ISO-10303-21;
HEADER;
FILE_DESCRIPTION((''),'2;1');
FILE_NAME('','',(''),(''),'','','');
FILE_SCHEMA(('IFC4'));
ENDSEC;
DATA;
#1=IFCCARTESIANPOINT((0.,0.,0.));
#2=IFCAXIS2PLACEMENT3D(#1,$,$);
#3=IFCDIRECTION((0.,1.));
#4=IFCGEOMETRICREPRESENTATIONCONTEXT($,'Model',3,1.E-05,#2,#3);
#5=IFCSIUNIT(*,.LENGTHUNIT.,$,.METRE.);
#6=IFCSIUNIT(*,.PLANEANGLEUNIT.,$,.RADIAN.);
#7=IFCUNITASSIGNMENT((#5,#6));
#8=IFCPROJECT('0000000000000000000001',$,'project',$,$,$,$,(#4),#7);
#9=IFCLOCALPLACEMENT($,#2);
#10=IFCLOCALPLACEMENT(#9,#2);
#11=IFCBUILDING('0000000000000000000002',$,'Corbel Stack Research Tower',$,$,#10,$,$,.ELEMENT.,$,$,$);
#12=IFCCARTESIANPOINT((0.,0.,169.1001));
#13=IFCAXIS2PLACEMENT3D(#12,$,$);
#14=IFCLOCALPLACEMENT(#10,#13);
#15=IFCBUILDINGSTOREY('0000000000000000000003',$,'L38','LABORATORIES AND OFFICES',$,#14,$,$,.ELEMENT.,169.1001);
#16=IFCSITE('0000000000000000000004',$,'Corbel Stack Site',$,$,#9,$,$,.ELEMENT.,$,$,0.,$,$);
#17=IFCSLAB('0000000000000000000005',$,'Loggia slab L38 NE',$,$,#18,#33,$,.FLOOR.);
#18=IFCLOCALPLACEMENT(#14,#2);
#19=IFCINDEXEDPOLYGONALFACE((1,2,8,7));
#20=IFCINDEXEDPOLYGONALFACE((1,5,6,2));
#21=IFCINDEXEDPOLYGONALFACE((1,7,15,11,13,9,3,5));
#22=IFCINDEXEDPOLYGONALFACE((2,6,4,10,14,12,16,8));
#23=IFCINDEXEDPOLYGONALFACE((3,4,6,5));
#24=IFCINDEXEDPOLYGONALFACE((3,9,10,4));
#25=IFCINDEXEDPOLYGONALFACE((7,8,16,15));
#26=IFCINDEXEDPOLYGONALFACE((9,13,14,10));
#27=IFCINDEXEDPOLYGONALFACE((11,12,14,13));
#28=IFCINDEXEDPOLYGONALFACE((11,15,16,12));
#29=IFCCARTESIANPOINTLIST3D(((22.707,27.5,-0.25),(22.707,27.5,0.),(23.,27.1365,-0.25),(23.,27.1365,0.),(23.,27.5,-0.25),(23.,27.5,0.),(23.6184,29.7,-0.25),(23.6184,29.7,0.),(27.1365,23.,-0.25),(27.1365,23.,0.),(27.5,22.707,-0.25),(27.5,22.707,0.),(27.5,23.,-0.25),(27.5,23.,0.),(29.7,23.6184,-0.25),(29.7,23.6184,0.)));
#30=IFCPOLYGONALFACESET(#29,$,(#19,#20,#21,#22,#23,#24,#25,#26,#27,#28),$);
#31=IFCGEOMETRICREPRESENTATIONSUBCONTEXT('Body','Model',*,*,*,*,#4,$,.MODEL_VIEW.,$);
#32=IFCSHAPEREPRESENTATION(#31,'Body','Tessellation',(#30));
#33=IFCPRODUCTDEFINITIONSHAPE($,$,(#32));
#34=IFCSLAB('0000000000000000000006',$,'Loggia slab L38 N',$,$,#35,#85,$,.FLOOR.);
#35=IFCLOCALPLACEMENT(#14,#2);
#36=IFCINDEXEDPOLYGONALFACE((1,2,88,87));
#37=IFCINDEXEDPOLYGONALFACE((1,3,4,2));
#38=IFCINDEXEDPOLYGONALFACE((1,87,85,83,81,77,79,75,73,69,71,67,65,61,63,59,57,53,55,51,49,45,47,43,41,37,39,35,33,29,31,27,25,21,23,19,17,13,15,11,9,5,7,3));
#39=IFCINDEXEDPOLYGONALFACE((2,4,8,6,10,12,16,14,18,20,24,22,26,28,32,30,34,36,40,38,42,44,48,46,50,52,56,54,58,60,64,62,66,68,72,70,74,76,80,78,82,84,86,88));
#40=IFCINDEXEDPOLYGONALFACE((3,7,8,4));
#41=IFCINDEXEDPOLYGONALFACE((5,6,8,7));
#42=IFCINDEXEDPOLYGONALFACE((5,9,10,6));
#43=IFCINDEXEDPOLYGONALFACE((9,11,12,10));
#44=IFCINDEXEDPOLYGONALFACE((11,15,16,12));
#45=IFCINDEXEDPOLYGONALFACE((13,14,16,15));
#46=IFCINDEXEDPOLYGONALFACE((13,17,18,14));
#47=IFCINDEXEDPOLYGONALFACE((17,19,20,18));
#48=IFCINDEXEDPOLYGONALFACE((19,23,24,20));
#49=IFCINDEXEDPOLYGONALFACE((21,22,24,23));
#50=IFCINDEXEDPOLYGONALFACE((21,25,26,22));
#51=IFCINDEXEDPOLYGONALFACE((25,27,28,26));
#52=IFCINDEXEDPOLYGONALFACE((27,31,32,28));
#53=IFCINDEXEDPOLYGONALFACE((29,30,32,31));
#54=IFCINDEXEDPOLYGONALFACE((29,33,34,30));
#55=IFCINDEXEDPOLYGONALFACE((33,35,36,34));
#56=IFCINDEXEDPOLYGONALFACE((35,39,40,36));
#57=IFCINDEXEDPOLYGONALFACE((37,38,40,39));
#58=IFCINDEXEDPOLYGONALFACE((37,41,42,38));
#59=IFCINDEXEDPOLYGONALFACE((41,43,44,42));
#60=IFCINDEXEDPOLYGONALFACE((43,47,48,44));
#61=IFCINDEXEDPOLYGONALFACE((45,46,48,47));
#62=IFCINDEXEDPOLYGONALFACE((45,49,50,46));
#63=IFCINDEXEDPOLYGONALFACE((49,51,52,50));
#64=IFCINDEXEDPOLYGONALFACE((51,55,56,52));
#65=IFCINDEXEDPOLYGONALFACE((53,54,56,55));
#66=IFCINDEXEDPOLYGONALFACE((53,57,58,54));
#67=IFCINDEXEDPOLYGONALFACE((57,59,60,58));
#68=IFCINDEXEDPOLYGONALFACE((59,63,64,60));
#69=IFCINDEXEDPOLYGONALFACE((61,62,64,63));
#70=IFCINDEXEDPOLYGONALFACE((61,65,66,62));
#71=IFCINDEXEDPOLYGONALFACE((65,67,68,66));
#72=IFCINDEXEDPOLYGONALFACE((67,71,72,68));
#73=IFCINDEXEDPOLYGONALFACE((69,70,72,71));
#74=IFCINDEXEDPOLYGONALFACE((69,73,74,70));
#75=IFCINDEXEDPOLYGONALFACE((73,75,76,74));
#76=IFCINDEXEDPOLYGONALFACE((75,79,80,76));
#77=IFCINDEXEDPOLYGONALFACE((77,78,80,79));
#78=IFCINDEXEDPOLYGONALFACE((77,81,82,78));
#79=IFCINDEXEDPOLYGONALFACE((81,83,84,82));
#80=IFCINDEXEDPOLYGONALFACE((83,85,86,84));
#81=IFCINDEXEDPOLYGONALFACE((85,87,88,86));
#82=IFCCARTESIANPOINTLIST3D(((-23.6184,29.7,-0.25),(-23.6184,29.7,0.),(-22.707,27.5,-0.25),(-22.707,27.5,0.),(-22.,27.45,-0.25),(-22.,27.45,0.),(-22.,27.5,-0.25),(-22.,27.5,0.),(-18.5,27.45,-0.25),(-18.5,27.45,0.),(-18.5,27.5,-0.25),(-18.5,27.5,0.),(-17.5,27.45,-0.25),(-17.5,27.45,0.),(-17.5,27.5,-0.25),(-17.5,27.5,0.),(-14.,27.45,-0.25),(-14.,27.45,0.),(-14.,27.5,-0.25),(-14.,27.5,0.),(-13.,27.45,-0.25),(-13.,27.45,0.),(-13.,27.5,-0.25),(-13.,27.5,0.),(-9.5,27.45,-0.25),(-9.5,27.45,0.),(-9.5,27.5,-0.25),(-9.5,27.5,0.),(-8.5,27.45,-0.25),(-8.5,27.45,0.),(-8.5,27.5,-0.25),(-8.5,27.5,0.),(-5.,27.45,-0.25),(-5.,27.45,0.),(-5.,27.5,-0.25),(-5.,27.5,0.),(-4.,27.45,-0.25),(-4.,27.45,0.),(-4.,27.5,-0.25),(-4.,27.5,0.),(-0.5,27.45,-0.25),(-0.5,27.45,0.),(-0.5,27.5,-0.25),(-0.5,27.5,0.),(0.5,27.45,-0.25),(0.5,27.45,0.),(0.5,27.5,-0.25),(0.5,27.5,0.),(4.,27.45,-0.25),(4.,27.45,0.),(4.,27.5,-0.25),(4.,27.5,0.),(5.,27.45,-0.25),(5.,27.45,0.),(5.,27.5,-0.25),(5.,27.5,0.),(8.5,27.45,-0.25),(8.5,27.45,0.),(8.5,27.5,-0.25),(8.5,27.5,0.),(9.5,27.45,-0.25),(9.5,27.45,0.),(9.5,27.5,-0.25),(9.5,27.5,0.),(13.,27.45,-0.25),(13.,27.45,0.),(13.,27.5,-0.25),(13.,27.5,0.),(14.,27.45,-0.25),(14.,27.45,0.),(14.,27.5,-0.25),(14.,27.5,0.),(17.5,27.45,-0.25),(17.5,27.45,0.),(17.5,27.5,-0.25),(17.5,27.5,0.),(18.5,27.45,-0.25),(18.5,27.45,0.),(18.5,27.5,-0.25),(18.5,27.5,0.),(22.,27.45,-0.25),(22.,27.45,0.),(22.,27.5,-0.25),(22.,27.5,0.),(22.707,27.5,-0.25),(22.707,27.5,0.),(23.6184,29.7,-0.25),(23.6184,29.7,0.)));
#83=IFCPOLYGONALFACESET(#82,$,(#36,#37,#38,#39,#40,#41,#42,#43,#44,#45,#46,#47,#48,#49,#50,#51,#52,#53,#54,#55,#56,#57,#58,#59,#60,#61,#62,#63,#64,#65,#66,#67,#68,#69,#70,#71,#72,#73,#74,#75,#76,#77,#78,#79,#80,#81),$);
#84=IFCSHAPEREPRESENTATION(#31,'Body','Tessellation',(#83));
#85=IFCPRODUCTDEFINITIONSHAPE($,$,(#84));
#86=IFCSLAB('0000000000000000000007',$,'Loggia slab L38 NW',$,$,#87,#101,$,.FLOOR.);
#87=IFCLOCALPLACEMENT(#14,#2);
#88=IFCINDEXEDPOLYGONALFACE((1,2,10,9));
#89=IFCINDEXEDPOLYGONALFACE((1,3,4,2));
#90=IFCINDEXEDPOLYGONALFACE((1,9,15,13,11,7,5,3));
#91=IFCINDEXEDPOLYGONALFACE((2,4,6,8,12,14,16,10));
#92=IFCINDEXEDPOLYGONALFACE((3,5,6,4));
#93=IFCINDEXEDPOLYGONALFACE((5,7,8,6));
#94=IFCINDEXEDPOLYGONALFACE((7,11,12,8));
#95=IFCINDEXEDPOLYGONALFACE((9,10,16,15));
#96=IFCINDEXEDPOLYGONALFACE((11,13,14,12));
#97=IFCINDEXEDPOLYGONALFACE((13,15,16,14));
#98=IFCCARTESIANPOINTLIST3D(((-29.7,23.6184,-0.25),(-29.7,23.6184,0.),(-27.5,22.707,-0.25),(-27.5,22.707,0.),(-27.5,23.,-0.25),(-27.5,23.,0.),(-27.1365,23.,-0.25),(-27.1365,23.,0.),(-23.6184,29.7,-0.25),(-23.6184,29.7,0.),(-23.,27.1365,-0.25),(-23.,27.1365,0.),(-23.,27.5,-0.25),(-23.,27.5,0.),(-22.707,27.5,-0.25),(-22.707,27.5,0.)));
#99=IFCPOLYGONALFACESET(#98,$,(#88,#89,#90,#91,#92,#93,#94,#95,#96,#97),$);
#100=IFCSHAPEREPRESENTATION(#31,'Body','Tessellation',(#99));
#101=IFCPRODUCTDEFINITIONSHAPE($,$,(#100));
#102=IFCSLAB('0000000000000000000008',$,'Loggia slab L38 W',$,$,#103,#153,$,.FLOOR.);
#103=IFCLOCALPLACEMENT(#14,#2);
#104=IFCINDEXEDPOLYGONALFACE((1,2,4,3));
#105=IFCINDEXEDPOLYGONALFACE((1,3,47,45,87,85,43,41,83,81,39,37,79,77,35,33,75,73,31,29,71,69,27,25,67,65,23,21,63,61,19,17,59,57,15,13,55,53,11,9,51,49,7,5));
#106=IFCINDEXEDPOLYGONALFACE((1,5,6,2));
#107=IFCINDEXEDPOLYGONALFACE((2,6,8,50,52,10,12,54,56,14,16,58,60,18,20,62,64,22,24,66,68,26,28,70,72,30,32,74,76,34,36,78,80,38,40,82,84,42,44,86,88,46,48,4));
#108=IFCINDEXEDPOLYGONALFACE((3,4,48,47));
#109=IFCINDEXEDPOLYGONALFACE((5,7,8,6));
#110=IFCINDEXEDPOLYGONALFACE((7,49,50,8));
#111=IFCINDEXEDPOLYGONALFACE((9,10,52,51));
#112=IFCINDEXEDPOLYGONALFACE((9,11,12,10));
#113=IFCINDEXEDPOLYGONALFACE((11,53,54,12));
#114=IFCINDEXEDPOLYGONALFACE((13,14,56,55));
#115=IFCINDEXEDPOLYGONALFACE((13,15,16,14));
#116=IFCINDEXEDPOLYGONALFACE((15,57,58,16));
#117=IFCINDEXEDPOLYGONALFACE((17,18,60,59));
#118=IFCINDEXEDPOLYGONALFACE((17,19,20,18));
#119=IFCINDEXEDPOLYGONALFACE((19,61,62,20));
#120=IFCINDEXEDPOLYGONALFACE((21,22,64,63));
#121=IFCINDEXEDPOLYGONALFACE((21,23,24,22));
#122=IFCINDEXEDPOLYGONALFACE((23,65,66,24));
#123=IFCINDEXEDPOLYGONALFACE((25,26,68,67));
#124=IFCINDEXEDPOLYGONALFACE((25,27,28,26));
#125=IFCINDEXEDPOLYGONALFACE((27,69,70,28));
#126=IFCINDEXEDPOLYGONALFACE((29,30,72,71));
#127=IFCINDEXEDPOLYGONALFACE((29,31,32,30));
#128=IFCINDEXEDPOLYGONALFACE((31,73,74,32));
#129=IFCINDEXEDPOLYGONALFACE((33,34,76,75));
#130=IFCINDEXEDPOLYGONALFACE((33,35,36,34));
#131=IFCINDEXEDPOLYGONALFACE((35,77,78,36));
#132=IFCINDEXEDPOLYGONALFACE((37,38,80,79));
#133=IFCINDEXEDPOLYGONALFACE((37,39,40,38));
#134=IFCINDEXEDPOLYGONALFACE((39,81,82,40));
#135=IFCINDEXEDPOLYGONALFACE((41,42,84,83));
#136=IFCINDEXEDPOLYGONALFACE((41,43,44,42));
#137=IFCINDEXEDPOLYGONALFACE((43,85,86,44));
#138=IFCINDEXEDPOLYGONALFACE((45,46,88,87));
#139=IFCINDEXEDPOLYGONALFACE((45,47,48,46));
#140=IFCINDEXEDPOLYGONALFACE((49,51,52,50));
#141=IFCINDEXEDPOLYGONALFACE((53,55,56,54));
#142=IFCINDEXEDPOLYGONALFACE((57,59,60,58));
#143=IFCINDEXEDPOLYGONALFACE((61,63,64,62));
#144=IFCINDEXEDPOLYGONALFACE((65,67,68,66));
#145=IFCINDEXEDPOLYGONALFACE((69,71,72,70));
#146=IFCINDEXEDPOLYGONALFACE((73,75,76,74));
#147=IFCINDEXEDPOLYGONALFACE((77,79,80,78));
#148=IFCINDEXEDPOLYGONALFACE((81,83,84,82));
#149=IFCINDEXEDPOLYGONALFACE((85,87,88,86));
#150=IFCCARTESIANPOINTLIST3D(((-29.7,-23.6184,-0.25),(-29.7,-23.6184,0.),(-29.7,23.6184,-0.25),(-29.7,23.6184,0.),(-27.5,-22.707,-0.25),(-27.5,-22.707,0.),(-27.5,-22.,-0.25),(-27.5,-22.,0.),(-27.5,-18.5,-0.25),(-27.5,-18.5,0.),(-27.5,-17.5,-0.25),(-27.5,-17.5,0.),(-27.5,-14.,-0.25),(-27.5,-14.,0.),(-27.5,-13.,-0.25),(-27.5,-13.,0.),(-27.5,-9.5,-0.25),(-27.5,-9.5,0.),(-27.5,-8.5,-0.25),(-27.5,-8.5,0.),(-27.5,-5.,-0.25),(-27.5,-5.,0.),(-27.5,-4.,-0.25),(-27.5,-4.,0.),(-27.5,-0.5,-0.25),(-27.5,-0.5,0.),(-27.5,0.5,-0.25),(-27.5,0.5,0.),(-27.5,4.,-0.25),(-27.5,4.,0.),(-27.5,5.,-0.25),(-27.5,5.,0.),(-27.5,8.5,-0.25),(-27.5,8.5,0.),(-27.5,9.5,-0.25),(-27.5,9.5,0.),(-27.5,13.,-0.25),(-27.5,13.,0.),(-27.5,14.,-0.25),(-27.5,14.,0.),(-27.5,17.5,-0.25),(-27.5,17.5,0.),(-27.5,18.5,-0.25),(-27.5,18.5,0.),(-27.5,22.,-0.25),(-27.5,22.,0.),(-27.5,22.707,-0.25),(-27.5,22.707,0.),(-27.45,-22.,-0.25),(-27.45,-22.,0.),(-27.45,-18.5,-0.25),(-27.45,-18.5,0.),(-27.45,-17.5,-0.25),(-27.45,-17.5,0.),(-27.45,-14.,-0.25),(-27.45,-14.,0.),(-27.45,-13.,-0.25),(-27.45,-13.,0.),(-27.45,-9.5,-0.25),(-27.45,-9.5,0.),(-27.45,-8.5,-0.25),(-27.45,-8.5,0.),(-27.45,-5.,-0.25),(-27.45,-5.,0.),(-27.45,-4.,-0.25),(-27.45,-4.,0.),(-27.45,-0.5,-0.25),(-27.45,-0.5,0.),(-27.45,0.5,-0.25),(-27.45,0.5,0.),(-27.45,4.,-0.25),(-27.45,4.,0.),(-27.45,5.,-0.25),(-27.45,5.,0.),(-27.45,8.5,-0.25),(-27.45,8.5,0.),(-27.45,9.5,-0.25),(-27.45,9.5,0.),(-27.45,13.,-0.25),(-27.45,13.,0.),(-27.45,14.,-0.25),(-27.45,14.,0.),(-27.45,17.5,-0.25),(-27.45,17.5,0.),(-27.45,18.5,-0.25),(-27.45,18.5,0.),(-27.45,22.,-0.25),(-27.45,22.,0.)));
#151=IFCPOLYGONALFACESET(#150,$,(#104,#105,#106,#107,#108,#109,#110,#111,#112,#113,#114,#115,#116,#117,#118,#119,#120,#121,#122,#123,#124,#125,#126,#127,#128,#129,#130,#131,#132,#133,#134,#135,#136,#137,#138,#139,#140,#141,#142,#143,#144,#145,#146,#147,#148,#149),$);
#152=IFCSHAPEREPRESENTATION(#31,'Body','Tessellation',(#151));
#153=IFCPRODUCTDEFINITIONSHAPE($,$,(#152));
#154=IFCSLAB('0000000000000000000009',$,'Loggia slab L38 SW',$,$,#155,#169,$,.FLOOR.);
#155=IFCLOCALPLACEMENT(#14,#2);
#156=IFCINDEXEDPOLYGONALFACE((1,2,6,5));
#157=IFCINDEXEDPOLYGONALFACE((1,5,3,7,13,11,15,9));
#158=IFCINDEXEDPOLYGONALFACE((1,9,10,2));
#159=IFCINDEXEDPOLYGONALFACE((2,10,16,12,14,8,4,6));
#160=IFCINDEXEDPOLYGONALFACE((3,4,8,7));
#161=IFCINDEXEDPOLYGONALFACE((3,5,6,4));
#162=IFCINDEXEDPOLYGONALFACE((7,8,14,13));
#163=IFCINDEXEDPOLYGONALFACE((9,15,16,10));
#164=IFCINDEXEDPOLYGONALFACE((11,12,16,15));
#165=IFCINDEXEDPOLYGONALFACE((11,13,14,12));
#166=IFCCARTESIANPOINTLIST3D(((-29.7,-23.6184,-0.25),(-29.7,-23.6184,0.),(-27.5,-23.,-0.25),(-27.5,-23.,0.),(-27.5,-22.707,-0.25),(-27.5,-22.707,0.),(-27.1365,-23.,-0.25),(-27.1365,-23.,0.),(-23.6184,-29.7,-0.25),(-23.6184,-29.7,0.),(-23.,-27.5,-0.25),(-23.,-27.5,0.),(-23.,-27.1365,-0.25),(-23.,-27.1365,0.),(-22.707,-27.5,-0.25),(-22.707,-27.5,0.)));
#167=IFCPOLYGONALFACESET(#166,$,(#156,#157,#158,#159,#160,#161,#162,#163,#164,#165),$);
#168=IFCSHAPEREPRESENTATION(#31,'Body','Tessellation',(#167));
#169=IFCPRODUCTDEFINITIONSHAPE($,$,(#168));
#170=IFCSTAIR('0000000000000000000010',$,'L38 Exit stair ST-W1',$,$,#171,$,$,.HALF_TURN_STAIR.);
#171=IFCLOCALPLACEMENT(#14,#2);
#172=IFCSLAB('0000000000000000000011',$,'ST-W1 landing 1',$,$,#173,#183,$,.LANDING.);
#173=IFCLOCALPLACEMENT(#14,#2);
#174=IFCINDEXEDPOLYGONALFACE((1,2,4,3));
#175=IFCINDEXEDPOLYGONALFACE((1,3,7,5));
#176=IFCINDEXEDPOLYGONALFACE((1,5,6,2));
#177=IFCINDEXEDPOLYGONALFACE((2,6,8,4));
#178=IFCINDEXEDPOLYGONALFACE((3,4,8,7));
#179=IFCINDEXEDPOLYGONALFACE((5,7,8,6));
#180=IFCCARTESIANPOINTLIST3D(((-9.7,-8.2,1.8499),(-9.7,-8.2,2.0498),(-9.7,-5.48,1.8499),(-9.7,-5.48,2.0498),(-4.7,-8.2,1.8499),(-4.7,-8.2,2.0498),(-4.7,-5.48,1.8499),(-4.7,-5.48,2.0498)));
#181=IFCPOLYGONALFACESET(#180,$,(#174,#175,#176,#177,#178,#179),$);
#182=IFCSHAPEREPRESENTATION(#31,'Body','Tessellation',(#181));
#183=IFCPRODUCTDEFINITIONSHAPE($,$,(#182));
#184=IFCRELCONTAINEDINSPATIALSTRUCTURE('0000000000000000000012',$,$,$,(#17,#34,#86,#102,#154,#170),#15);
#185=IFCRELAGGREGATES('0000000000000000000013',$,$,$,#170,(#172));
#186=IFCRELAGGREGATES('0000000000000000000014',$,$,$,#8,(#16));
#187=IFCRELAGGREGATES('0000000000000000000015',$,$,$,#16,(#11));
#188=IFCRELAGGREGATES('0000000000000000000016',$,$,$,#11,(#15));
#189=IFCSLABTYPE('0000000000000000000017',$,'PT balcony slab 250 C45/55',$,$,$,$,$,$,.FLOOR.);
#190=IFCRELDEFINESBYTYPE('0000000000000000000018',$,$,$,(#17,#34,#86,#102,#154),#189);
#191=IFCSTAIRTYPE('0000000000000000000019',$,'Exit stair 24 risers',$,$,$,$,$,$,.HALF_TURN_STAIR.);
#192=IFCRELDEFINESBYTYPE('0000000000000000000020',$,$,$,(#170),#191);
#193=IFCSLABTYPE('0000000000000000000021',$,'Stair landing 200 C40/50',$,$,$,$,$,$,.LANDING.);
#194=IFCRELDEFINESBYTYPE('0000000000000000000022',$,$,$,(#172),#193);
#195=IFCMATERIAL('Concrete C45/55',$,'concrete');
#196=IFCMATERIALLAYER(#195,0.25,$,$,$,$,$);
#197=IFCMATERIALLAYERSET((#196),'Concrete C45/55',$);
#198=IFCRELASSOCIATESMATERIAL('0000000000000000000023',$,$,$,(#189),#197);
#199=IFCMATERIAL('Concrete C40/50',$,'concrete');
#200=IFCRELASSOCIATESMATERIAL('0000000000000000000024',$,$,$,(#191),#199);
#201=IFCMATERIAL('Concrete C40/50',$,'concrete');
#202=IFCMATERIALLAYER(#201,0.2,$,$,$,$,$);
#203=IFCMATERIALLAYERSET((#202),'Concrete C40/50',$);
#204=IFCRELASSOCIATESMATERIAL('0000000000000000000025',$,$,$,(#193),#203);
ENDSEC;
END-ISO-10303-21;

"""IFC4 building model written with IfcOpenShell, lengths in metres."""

from ifc_helpers import new_model, si_unit, direction, frame, origin, place, context, subcontext, project, spatial, polyline, outline, extrude, material, layer, layer_set, type_object, element, aggregate, save


model = new_model("IFC4")

# Units and contexts
model_context = context("Model", 3, precision=1e-05, world=origin(), true_north=direction((0.0, 1.0)))
body_context = subcontext(model_context, "Body", "Model", "MODEL_VIEW")
ifc_project = project(units=[si_unit("LENGTHUNIT", "METRE"), si_unit("PLANEANGLEUNIT", "RADIAN")], contexts=[model_context])

# Site, building, storey
site_placement = place(None, origin())
site = spatial("IfcSite", under=ifc_project, at=site_placement, Name="Corbel Stack Site", CompositionType="ELEMENT", RefElevation=0.0)
building_placement = place(site_placement, origin())
building = spatial("IfcBuilding", under=site, at=building_placement, Name="Corbel Stack Research Tower", CompositionType="ELEMENT")
storey_placement = place(building_placement, frame((0.0, 0.0, 169.1001)))
storey = spatial("IfcBuildingStorey", under=building, at=storey_placement, Name="L38", Description="LABORATORIES AND OFFICES", CompositionType="ELEMENT", Elevation=169.1001)

# Slabs
ifc_material_1 = material(Name="Concrete C45/55", Category="concrete")
ifc_layer_1 = layer(ifc_material_1, 0.25)
ifc_layer_set_1 = layer_set([ifc_layer_1], Name="Concrete C45/55")
slab_type_1 = type_object("IfcSlabType", Name="PT balcony slab 250 C45/55", PredefinedType="FLOOR", material=ifc_layer_set_1)
slab_1_placement = place(storey_placement, frame((0.0, 0.0, -0.25)))
element("IfcSlab", 1, at=slab_1_placement, inside=storey, type_object=slab_type_1, Name="Loggia slab L38 NE", PredefinedType="FLOOR", context=body_context, shape_type="SweptSolid", body=[
    extrude(outline(polyline([(22.707, 27.5), (23.0, 27.5), (23.0, 27.1365), (27.1365, 23.0), (27.5, 23.0), (27.5, 22.707), (29.7, 23.6184), (23.6184, 29.7), (22.707, 27.5)])), origin(), (0.0, 0.0, 1.0), 0.25),
])
slab_2_placement = place(storey_placement, frame((0.0, 0.0, -0.25)))
element("IfcSlab", 2, at=slab_2_placement, inside=storey, type_object=slab_type_1, Name="Loggia slab L38 N", PredefinedType="FLOOR", context=body_context, shape_type="SweptSolid", body=[
    extrude(outline(polyline([(-22.707, 27.5), (-22.0, 27.5), (-22.0, 27.45), (-18.5, 27.45), (-18.5, 27.5), (-17.5, 27.5), (-17.5, 27.45), (-14.0, 27.45), (-14.0, 27.5), (-13.0, 27.5), (-13.0, 27.45), (-9.5, 27.45), (-9.5, 27.5), (-8.5, 27.5), (-8.5, 27.45), (-5.0, 27.45), (-5.0, 27.5), (-4.0, 27.5), (-4.0, 27.45), (-0.5, 27.45), (-0.5, 27.5), (0.5, 27.5), (0.5, 27.45), (4.0, 27.45), (4.0, 27.5), (5.0, 27.5), (5.0, 27.45), (8.5, 27.45), (8.5, 27.5), (9.5, 27.5), (9.5, 27.45), (13.0, 27.45), (13.0, 27.5), (14.0, 27.5), (14.0, 27.45), (17.5, 27.45), (17.5, 27.5), (18.5, 27.5), (18.5, 27.45), (22.0, 27.45), (22.0, 27.5), (22.707, 27.5), (23.6184, 29.7), (-23.6184, 29.7), (-22.707, 27.5)])), origin(), (0.0, 0.0, 1.0), 0.25),
])
slab_3_placement = place(storey_placement, frame((0.0, 0.0, -0.25)))
element("IfcSlab", 3, at=slab_3_placement, inside=storey, type_object=slab_type_1, Name="Loggia slab L38 NW", PredefinedType="FLOOR", context=body_context, shape_type="SweptSolid", body=[
    extrude(outline(polyline([(-27.5, 22.707), (-27.5, 23.0), (-27.1365, 23.0), (-23.0, 27.1365), (-23.0, 27.5), (-22.707, 27.5), (-23.6184, 29.7), (-29.7, 23.6184), (-27.5, 22.707)])), origin(), (0.0, 0.0, 1.0), 0.25),
])
slab_4_placement = place(storey_placement, frame((0.0, 0.0, -0.25)))
element("IfcSlab", 4, at=slab_4_placement, inside=storey, type_object=slab_type_1, Name="Loggia slab L38 W", PredefinedType="FLOOR", context=body_context, shape_type="SweptSolid", body=[
    extrude(outline(polyline([(-27.5, -22.707), (-27.5, -22.0), (-27.45, -22.0), (-27.45, -18.5), (-27.5, -18.5), (-27.5, -17.5), (-27.45, -17.5), (-27.45, -14.0), (-27.5, -14.0), (-27.5, -13.0), (-27.45, -13.0), (-27.45, -9.5), (-27.5, -9.5), (-27.5, -8.5), (-27.45, -8.5), (-27.45, -5.0), (-27.5, -5.0), (-27.5, -4.0), (-27.45, -4.0), (-27.45, -0.5), (-27.5, -0.5), (-27.5, 0.5), (-27.45, 0.5), (-27.45, 4.0), (-27.5, 4.0), (-27.5, 5.0), (-27.45, 5.0), (-27.45, 8.5), (-27.5, 8.5), (-27.5, 9.5), (-27.45, 9.5), (-27.45, 13.0), (-27.5, 13.0), (-27.5, 14.0), (-27.45, 14.0), (-27.45, 17.5), (-27.5, 17.5), (-27.5, 18.5), (-27.45, 18.5), (-27.45, 22.0), (-27.5, 22.0), (-27.5, 22.707), (-29.7, 23.6184), (-29.7, -23.6184), (-27.5, -22.707)])), origin(), (0.0, 0.0, 1.0), 0.25),
])
slab_5_placement = place(storey_placement, frame((0.0, 0.0, -0.25)))
element("IfcSlab", 5, at=slab_5_placement, inside=storey, type_object=slab_type_1, Name="Loggia slab L38 SW", PredefinedType="FLOOR", context=body_context, shape_type="SweptSolid", body=[
    extrude(outline(polyline([(-22.707, -27.5), (-23.0, -27.5), (-23.0, -27.1365), (-27.1365, -23.0), (-27.5, -23.0), (-27.5, -22.707), (-29.7, -23.6184), (-23.6184, -29.7), (-22.707, -27.5)])), origin(), (0.0, 0.0, 1.0), 0.25),
])

# Stair, slab
ifc_material_2 = material(Name="Concrete C40/50", Category="concrete")
stair_type = type_object("IfcStairType", Name="Exit stair 24 risers", PredefinedType="HALF_TURN_STAIR", material=ifc_material_2)
stair_1_placement = place(storey_placement, origin())
stair_1 = element("IfcStair", 6, at=stair_1_placement, inside=storey, type_object=stair_type, Name="L38 Exit stair ST-W1", PredefinedType="HALF_TURN_STAIR")
ifc_material_3 = material(Name="Concrete C40/50", Category="concrete")
ifc_layer_2 = layer(ifc_material_3, 0.2)
ifc_layer_set_2 = layer_set([ifc_layer_2], Name="Concrete C40/50")
slab_type_2 = type_object("IfcSlabType", Name="Stair landing 200 C40/50", PredefinedType="LANDING", material=ifc_layer_set_2)
slab_6_placement = place(storey_placement, frame((0.0, 0.0, 1.8499)))
slab_6 = element("IfcSlab", 7, at=slab_6_placement, type_object=slab_type_2, Name="ST-W1 landing 1", PredefinedType="LANDING", context=body_context, shape_type="SweptSolid", body=[
    extrude(outline(polyline([(-9.7, -8.2), (-9.7, -5.48), (-4.7, -5.48), (-4.7, -8.2), (-9.7, -8.2)])), origin(), (0.0, 0.0, 1.0), 0.2),
])
aggregate(stair_1, [slab_6])

save(model, "model.ifc")
